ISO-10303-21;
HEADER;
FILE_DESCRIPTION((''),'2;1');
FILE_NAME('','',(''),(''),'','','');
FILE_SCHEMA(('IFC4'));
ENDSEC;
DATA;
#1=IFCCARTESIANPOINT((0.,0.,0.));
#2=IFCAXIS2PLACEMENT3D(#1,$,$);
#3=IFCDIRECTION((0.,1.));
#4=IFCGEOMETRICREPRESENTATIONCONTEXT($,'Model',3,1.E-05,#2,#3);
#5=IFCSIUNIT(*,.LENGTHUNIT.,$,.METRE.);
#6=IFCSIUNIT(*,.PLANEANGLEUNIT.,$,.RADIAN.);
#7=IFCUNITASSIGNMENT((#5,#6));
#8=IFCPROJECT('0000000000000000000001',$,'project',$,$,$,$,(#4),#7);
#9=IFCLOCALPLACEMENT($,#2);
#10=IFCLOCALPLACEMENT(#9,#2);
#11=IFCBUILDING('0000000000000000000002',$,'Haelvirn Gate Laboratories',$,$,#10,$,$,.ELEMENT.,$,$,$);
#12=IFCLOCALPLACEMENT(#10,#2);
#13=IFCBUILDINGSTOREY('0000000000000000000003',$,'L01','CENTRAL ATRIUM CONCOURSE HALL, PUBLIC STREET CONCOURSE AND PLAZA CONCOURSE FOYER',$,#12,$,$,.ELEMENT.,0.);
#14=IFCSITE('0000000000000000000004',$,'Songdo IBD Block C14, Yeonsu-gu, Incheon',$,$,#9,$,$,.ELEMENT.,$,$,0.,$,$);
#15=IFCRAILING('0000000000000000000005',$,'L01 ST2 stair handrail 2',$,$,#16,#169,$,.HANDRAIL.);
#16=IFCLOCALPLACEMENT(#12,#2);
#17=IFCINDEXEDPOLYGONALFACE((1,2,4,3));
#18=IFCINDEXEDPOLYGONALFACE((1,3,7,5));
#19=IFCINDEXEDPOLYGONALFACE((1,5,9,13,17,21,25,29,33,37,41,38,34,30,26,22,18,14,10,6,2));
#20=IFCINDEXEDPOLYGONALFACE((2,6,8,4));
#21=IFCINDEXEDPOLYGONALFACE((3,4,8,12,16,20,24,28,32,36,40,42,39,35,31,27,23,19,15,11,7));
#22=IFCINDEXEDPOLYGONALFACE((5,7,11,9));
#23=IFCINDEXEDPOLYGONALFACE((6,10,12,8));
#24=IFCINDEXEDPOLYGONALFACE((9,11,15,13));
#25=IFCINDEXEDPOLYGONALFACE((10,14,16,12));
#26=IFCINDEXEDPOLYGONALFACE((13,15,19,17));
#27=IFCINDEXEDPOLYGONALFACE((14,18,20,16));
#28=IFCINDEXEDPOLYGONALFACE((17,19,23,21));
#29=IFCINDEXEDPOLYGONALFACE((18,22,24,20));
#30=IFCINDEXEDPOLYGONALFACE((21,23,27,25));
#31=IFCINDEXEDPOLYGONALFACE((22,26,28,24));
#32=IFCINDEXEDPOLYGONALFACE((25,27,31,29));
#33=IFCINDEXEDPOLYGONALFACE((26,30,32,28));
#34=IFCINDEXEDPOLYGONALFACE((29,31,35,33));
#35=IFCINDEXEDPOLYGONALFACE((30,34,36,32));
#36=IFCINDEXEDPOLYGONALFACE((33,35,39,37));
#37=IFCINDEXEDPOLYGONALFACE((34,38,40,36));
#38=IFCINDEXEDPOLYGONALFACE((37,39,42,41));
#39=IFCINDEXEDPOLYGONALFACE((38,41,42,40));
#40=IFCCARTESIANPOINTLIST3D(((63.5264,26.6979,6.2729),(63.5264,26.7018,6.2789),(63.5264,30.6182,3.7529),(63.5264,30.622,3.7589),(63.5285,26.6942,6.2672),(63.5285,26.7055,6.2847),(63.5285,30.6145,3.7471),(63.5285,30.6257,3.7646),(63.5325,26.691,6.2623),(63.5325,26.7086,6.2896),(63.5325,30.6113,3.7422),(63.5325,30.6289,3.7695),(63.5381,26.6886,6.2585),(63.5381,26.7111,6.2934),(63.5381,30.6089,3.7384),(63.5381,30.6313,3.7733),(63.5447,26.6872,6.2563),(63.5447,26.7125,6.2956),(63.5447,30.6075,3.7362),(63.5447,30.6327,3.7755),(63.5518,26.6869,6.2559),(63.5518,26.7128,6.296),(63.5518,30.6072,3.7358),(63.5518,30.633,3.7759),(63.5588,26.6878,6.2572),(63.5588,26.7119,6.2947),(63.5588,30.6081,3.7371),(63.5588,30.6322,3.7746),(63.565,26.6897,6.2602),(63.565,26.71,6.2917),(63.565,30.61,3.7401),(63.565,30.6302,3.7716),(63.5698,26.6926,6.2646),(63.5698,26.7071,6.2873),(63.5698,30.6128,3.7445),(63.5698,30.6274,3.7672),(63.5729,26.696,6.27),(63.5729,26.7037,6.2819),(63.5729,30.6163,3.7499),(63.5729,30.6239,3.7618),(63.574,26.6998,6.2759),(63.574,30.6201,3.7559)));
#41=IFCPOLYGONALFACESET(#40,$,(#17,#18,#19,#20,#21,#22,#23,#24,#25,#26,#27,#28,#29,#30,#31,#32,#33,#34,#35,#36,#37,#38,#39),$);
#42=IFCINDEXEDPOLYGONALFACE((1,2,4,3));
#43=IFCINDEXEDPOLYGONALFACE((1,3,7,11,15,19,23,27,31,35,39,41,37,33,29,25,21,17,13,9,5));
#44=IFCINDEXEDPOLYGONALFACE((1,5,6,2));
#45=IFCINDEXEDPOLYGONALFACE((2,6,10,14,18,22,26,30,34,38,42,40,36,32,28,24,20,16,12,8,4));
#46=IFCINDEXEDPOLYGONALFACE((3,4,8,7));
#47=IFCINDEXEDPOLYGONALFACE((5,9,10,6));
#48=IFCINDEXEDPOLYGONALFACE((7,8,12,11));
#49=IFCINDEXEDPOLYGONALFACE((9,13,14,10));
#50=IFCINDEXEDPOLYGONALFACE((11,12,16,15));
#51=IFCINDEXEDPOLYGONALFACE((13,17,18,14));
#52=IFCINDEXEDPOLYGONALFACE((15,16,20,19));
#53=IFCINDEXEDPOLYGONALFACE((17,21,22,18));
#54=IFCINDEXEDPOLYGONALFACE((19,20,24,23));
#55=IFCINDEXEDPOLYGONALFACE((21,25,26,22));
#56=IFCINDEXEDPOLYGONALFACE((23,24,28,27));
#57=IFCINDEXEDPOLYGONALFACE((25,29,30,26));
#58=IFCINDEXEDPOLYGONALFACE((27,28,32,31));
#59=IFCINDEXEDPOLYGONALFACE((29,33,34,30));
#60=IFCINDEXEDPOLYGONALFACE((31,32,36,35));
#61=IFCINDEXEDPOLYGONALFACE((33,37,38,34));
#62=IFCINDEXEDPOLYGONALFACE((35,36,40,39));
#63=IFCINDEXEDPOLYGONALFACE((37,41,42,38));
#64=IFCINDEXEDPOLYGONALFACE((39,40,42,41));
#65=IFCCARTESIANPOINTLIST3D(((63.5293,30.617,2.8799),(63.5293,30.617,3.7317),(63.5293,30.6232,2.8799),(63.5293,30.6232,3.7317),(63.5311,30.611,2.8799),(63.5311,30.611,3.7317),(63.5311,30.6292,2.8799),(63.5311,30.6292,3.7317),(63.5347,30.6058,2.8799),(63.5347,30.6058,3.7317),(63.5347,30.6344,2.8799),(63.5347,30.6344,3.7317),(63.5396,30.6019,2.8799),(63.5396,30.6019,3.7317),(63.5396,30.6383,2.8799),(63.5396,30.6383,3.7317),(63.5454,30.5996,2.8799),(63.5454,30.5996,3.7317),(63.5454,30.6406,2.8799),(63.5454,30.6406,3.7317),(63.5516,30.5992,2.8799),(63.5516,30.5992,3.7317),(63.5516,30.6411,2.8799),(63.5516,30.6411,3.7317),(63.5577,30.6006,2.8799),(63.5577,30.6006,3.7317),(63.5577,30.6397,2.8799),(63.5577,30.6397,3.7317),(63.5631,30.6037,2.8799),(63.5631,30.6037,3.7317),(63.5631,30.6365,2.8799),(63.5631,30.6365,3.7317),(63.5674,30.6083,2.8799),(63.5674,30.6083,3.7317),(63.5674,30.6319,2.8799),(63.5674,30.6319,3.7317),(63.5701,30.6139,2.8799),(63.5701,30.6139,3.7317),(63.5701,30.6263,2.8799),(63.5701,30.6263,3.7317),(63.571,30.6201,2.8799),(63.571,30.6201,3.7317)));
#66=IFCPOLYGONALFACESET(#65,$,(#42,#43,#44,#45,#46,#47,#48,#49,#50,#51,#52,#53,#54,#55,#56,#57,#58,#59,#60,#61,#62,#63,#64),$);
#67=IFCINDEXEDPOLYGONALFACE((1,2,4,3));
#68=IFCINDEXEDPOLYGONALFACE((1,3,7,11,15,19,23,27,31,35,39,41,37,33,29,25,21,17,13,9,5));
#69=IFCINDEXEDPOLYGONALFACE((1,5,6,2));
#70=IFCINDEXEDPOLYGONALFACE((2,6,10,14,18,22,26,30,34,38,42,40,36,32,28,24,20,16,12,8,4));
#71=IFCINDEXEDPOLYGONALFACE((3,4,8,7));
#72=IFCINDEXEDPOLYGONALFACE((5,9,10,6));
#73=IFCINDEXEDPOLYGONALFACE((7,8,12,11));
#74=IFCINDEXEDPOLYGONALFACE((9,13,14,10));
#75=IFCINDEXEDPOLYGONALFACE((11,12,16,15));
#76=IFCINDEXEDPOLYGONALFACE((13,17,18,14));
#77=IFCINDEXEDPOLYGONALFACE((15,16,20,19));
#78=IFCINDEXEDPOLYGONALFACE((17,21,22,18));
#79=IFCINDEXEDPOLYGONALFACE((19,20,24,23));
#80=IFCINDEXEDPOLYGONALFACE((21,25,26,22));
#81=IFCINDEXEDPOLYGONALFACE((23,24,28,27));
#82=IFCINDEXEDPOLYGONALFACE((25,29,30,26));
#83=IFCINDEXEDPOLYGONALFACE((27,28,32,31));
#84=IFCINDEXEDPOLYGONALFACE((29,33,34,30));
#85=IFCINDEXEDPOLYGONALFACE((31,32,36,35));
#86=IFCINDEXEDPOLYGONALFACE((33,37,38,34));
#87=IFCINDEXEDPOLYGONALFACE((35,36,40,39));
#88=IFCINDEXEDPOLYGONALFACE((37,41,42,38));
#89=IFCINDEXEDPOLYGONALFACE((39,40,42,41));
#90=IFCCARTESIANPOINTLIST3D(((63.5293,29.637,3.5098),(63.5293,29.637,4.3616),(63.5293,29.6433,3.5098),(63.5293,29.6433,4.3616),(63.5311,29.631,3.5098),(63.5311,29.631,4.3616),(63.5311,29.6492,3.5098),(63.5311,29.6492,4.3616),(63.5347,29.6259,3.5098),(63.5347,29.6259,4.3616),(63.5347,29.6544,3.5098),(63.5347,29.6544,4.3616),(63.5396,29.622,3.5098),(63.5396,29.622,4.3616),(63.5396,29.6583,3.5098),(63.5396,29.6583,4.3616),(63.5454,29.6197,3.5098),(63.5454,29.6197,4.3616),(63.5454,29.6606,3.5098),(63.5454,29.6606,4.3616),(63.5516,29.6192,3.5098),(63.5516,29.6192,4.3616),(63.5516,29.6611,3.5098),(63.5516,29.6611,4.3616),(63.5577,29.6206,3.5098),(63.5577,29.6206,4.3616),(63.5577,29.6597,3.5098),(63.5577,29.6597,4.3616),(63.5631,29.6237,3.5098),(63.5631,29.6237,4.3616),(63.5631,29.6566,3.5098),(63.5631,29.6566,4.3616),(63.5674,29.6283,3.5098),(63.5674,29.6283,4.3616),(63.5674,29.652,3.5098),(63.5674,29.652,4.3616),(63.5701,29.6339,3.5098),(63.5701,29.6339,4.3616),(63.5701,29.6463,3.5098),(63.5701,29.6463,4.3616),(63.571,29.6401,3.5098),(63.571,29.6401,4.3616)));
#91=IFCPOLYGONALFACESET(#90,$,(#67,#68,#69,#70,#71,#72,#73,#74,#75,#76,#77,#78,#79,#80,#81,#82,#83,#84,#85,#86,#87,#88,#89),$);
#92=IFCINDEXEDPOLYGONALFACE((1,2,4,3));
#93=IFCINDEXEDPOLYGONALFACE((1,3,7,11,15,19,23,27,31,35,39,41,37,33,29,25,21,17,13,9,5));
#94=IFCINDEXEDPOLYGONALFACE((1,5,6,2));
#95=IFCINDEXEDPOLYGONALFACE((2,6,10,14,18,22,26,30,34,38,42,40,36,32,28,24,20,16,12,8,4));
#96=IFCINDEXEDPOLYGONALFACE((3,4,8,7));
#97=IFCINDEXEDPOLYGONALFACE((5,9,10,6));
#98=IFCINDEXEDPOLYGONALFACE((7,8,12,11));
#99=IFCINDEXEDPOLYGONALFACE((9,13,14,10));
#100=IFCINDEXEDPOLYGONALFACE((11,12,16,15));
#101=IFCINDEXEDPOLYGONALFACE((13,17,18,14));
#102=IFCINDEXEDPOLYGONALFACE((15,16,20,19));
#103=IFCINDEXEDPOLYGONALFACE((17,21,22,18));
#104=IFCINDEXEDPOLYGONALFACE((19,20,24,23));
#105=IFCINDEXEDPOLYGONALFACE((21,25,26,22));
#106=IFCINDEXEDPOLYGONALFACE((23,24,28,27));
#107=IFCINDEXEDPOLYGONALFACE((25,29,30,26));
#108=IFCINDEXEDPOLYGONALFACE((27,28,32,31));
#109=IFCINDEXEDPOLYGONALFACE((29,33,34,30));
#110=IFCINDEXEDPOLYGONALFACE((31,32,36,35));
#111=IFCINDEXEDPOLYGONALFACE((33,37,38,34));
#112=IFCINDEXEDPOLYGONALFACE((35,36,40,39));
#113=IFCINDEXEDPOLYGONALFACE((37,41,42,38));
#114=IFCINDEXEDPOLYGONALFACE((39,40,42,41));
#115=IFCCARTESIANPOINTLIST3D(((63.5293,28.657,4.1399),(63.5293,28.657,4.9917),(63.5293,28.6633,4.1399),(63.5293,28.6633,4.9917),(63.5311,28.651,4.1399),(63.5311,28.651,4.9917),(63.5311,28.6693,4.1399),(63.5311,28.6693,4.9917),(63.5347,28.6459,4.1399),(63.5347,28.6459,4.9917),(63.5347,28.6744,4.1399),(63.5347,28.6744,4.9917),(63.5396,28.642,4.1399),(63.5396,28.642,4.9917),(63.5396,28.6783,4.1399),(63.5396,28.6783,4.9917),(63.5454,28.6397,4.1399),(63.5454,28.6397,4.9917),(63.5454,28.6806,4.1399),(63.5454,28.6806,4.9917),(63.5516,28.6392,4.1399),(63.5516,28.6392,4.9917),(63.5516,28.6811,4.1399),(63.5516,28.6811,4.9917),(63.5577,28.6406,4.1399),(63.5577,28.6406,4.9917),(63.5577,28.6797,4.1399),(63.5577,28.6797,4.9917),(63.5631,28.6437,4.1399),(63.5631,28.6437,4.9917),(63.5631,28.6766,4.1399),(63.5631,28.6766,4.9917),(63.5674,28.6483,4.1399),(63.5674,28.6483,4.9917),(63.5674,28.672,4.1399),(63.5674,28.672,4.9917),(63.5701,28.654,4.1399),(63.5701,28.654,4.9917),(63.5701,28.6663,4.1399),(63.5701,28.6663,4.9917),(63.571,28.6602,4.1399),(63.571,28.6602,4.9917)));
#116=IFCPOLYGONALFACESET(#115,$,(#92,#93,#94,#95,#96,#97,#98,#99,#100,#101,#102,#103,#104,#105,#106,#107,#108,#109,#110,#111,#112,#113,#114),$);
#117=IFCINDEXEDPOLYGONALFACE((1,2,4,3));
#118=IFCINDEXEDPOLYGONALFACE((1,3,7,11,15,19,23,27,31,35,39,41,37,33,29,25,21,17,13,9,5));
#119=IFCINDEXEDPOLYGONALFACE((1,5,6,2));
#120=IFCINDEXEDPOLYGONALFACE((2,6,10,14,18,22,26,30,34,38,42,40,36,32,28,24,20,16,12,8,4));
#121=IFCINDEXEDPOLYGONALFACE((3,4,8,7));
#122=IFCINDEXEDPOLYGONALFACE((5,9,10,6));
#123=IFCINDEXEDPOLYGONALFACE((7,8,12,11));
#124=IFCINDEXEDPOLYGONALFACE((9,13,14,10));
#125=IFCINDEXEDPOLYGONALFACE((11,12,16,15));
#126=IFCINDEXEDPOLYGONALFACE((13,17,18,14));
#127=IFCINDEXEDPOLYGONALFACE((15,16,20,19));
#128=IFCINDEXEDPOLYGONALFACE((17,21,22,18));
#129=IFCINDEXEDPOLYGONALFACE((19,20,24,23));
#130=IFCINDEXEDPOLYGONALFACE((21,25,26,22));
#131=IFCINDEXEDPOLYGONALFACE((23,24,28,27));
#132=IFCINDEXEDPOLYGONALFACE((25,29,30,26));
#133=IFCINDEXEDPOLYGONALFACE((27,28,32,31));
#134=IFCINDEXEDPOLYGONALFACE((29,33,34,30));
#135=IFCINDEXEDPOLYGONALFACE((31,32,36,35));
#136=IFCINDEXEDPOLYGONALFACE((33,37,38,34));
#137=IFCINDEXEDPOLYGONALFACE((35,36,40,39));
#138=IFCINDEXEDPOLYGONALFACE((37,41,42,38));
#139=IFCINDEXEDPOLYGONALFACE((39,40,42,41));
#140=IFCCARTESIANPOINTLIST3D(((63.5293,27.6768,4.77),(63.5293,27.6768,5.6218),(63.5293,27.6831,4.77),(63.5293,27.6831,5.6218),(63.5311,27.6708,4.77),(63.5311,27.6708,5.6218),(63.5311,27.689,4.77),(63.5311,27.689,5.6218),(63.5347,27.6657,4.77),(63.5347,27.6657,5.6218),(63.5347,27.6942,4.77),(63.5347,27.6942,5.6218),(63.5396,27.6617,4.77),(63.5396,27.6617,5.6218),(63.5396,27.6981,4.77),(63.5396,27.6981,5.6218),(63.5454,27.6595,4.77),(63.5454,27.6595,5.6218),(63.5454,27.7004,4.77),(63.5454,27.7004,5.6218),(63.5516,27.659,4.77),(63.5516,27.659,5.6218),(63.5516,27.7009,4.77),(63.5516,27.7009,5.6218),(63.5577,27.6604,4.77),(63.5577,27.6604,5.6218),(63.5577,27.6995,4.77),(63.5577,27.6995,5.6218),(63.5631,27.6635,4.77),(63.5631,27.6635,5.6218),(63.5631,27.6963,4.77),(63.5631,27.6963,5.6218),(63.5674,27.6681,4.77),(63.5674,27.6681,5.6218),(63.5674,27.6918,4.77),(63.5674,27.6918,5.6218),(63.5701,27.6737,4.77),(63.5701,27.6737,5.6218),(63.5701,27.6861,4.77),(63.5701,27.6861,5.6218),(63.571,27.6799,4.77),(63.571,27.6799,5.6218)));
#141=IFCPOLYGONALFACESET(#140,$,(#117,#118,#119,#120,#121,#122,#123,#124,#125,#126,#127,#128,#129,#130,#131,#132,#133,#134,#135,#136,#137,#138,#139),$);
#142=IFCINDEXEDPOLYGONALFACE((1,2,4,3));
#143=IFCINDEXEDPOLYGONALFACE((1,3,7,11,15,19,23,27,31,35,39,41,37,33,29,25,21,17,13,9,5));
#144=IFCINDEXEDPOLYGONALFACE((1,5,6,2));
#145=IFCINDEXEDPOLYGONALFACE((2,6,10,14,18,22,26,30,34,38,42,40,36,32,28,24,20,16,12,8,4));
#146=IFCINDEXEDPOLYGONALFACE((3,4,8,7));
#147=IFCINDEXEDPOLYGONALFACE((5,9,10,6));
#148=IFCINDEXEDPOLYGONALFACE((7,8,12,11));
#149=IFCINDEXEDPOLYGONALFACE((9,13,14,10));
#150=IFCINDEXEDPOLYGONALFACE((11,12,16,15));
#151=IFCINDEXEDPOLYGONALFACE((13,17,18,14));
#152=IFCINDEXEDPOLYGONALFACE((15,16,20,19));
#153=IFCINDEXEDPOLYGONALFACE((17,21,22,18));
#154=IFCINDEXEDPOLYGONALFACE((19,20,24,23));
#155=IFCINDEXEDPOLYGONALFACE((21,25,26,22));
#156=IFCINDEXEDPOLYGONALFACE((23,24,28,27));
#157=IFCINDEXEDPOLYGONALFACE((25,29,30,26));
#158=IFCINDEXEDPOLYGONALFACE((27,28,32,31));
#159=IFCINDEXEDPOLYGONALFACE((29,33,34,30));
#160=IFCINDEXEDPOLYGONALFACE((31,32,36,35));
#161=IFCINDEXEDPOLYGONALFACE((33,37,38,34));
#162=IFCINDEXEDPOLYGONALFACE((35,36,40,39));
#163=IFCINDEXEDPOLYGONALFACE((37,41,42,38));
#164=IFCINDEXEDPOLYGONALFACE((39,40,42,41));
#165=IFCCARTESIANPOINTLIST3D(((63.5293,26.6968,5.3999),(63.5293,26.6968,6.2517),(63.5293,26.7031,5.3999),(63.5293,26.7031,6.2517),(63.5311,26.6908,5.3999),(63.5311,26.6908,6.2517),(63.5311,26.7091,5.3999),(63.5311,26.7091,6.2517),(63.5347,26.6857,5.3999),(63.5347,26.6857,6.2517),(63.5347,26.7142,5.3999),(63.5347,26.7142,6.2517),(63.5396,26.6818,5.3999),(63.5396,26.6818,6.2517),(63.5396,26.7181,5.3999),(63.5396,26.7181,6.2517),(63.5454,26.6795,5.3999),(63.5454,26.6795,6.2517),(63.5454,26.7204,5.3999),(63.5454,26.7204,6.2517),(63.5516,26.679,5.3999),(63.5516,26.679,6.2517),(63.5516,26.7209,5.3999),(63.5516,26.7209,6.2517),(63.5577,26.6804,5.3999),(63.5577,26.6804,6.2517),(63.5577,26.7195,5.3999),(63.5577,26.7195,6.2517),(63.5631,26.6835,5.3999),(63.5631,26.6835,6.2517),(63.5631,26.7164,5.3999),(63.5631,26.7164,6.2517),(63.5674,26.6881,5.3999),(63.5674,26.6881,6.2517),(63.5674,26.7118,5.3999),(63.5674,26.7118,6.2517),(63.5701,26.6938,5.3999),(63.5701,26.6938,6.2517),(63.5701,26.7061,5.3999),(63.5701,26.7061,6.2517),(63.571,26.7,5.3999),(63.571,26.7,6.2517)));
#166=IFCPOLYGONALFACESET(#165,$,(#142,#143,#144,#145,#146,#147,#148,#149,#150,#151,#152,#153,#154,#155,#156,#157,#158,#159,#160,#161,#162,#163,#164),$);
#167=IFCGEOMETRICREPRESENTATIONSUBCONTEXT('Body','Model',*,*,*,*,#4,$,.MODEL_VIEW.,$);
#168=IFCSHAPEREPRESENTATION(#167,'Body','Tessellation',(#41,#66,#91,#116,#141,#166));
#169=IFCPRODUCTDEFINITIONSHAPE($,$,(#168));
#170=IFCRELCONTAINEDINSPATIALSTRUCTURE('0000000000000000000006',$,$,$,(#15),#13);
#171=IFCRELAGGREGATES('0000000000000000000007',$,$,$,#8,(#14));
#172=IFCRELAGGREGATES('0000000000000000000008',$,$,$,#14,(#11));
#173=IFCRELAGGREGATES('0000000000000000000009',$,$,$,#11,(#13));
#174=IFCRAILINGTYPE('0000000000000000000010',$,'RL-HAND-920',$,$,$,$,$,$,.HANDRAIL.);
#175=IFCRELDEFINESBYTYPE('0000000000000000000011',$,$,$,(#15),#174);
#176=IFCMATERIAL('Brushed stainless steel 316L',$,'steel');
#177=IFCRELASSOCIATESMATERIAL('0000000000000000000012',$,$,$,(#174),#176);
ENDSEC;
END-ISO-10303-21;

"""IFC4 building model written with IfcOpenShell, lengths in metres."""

from ifc_helpers import new_model, si_unit, direction, frame, origin, origin_2d, place, context, subcontext, project, spatial, circle, extrude, source, transform, mapped, material, type_object, element, save


model = new_model("IFC4")

# Units and contexts
model_context = context("Model", 3, precision=1e-05, world=origin(), true_north=direction((0.0, 1.0)))
body_context = subcontext(model_context, "Body", "Model", "MODEL_VIEW")
ifc_project = project(units=[si_unit("LENGTHUNIT", "METRE"), si_unit("PLANEANGLEUNIT", "RADIAN")], contexts=[model_context])

# Site, building, storey
site_placement = place(None, origin())
site = spatial("IfcSite", under=ifc_project, at=site_placement, Name="Songdo IBD Block C14, Yeonsu-gu, Incheon", CompositionType="ELEMENT", RefElevation=0.0)
building_placement = place(site_placement, origin())
building = spatial("IfcBuilding", under=site, at=building_placement, Name="Haelvirn Gate Laboratories", CompositionType="ELEMENT")
storey_placement = place(building_placement, origin())
storey = spatial("IfcBuildingStorey", under=building, at=storey_placement, Name="L01", Description="CENTRAL ATRIUM CONCOURSE HALL, PUBLIC STREET CONCOURSE AND PLAZA CONCOURSE FOYER", CompositionType="ELEMENT", Elevation=0.0)

# Railing
ifc_material_1 = material(Name="Brushed stainless steel 316L", Category="steel")
railing_type_1 = type_object("IfcRailingType", Name="RL-HAND-920", PredefinedType="HANDRAIL", material=ifc_material_1)
shared_shape_1 = source(origin(), body_context, "Body", "SweptSolid", [
    extrude(circle(Radius=0.0239, at=origin_2d()), frame((0.0, 0.0, 0.876), z_axis=(0.0, -0.841187, 0.540744), x_axis=(1.0, 0.0, 0.0)), (0.0, 0.0, 1.0), 4.6604),
    extrude(circle(Radius=0.021, at=origin_2d()), origin(), (0.0, 0.0, 1.0), 0.8518),
    extrude(circle(Radius=0.021, at=origin_2d()), frame((0.0, -0.98, 0.6299)), (0.0, 0.0, 1.0), 0.8518),
    extrude(circle(Radius=0.021, at=origin_2d()), frame((0.0, -1.96, 1.26)), (0.0, 0.0, 1.0), 0.8518),
    extrude(circle(Radius=0.021, at=origin_2d()), frame((0.0, -2.9402, 1.8901)), (0.0, 0.0, 1.0), 0.8518),
    extrude(circle(Radius=0.021, at=origin_2d()), frame((0.0, -3.9202, 2.52)), (0.0, 0.0, 1.0), 0.8518),
])
railing_1_placement = place(storey_placement, frame((63.55, 30.6201, 2.8799)))
element("IfcRailing", 1, at=railing_1_placement, inside=storey, type_object=railing_type_1, Name="L01 ST2 stair handrail 2", PredefinedType="HANDRAIL", context=body_context, shape_type="MappedRepresentation", body=[
    mapped(shared_shape_1, transform((0.0, 0.0, 0.0), scale=1.0)),
])

save(model, "model.ifc")
